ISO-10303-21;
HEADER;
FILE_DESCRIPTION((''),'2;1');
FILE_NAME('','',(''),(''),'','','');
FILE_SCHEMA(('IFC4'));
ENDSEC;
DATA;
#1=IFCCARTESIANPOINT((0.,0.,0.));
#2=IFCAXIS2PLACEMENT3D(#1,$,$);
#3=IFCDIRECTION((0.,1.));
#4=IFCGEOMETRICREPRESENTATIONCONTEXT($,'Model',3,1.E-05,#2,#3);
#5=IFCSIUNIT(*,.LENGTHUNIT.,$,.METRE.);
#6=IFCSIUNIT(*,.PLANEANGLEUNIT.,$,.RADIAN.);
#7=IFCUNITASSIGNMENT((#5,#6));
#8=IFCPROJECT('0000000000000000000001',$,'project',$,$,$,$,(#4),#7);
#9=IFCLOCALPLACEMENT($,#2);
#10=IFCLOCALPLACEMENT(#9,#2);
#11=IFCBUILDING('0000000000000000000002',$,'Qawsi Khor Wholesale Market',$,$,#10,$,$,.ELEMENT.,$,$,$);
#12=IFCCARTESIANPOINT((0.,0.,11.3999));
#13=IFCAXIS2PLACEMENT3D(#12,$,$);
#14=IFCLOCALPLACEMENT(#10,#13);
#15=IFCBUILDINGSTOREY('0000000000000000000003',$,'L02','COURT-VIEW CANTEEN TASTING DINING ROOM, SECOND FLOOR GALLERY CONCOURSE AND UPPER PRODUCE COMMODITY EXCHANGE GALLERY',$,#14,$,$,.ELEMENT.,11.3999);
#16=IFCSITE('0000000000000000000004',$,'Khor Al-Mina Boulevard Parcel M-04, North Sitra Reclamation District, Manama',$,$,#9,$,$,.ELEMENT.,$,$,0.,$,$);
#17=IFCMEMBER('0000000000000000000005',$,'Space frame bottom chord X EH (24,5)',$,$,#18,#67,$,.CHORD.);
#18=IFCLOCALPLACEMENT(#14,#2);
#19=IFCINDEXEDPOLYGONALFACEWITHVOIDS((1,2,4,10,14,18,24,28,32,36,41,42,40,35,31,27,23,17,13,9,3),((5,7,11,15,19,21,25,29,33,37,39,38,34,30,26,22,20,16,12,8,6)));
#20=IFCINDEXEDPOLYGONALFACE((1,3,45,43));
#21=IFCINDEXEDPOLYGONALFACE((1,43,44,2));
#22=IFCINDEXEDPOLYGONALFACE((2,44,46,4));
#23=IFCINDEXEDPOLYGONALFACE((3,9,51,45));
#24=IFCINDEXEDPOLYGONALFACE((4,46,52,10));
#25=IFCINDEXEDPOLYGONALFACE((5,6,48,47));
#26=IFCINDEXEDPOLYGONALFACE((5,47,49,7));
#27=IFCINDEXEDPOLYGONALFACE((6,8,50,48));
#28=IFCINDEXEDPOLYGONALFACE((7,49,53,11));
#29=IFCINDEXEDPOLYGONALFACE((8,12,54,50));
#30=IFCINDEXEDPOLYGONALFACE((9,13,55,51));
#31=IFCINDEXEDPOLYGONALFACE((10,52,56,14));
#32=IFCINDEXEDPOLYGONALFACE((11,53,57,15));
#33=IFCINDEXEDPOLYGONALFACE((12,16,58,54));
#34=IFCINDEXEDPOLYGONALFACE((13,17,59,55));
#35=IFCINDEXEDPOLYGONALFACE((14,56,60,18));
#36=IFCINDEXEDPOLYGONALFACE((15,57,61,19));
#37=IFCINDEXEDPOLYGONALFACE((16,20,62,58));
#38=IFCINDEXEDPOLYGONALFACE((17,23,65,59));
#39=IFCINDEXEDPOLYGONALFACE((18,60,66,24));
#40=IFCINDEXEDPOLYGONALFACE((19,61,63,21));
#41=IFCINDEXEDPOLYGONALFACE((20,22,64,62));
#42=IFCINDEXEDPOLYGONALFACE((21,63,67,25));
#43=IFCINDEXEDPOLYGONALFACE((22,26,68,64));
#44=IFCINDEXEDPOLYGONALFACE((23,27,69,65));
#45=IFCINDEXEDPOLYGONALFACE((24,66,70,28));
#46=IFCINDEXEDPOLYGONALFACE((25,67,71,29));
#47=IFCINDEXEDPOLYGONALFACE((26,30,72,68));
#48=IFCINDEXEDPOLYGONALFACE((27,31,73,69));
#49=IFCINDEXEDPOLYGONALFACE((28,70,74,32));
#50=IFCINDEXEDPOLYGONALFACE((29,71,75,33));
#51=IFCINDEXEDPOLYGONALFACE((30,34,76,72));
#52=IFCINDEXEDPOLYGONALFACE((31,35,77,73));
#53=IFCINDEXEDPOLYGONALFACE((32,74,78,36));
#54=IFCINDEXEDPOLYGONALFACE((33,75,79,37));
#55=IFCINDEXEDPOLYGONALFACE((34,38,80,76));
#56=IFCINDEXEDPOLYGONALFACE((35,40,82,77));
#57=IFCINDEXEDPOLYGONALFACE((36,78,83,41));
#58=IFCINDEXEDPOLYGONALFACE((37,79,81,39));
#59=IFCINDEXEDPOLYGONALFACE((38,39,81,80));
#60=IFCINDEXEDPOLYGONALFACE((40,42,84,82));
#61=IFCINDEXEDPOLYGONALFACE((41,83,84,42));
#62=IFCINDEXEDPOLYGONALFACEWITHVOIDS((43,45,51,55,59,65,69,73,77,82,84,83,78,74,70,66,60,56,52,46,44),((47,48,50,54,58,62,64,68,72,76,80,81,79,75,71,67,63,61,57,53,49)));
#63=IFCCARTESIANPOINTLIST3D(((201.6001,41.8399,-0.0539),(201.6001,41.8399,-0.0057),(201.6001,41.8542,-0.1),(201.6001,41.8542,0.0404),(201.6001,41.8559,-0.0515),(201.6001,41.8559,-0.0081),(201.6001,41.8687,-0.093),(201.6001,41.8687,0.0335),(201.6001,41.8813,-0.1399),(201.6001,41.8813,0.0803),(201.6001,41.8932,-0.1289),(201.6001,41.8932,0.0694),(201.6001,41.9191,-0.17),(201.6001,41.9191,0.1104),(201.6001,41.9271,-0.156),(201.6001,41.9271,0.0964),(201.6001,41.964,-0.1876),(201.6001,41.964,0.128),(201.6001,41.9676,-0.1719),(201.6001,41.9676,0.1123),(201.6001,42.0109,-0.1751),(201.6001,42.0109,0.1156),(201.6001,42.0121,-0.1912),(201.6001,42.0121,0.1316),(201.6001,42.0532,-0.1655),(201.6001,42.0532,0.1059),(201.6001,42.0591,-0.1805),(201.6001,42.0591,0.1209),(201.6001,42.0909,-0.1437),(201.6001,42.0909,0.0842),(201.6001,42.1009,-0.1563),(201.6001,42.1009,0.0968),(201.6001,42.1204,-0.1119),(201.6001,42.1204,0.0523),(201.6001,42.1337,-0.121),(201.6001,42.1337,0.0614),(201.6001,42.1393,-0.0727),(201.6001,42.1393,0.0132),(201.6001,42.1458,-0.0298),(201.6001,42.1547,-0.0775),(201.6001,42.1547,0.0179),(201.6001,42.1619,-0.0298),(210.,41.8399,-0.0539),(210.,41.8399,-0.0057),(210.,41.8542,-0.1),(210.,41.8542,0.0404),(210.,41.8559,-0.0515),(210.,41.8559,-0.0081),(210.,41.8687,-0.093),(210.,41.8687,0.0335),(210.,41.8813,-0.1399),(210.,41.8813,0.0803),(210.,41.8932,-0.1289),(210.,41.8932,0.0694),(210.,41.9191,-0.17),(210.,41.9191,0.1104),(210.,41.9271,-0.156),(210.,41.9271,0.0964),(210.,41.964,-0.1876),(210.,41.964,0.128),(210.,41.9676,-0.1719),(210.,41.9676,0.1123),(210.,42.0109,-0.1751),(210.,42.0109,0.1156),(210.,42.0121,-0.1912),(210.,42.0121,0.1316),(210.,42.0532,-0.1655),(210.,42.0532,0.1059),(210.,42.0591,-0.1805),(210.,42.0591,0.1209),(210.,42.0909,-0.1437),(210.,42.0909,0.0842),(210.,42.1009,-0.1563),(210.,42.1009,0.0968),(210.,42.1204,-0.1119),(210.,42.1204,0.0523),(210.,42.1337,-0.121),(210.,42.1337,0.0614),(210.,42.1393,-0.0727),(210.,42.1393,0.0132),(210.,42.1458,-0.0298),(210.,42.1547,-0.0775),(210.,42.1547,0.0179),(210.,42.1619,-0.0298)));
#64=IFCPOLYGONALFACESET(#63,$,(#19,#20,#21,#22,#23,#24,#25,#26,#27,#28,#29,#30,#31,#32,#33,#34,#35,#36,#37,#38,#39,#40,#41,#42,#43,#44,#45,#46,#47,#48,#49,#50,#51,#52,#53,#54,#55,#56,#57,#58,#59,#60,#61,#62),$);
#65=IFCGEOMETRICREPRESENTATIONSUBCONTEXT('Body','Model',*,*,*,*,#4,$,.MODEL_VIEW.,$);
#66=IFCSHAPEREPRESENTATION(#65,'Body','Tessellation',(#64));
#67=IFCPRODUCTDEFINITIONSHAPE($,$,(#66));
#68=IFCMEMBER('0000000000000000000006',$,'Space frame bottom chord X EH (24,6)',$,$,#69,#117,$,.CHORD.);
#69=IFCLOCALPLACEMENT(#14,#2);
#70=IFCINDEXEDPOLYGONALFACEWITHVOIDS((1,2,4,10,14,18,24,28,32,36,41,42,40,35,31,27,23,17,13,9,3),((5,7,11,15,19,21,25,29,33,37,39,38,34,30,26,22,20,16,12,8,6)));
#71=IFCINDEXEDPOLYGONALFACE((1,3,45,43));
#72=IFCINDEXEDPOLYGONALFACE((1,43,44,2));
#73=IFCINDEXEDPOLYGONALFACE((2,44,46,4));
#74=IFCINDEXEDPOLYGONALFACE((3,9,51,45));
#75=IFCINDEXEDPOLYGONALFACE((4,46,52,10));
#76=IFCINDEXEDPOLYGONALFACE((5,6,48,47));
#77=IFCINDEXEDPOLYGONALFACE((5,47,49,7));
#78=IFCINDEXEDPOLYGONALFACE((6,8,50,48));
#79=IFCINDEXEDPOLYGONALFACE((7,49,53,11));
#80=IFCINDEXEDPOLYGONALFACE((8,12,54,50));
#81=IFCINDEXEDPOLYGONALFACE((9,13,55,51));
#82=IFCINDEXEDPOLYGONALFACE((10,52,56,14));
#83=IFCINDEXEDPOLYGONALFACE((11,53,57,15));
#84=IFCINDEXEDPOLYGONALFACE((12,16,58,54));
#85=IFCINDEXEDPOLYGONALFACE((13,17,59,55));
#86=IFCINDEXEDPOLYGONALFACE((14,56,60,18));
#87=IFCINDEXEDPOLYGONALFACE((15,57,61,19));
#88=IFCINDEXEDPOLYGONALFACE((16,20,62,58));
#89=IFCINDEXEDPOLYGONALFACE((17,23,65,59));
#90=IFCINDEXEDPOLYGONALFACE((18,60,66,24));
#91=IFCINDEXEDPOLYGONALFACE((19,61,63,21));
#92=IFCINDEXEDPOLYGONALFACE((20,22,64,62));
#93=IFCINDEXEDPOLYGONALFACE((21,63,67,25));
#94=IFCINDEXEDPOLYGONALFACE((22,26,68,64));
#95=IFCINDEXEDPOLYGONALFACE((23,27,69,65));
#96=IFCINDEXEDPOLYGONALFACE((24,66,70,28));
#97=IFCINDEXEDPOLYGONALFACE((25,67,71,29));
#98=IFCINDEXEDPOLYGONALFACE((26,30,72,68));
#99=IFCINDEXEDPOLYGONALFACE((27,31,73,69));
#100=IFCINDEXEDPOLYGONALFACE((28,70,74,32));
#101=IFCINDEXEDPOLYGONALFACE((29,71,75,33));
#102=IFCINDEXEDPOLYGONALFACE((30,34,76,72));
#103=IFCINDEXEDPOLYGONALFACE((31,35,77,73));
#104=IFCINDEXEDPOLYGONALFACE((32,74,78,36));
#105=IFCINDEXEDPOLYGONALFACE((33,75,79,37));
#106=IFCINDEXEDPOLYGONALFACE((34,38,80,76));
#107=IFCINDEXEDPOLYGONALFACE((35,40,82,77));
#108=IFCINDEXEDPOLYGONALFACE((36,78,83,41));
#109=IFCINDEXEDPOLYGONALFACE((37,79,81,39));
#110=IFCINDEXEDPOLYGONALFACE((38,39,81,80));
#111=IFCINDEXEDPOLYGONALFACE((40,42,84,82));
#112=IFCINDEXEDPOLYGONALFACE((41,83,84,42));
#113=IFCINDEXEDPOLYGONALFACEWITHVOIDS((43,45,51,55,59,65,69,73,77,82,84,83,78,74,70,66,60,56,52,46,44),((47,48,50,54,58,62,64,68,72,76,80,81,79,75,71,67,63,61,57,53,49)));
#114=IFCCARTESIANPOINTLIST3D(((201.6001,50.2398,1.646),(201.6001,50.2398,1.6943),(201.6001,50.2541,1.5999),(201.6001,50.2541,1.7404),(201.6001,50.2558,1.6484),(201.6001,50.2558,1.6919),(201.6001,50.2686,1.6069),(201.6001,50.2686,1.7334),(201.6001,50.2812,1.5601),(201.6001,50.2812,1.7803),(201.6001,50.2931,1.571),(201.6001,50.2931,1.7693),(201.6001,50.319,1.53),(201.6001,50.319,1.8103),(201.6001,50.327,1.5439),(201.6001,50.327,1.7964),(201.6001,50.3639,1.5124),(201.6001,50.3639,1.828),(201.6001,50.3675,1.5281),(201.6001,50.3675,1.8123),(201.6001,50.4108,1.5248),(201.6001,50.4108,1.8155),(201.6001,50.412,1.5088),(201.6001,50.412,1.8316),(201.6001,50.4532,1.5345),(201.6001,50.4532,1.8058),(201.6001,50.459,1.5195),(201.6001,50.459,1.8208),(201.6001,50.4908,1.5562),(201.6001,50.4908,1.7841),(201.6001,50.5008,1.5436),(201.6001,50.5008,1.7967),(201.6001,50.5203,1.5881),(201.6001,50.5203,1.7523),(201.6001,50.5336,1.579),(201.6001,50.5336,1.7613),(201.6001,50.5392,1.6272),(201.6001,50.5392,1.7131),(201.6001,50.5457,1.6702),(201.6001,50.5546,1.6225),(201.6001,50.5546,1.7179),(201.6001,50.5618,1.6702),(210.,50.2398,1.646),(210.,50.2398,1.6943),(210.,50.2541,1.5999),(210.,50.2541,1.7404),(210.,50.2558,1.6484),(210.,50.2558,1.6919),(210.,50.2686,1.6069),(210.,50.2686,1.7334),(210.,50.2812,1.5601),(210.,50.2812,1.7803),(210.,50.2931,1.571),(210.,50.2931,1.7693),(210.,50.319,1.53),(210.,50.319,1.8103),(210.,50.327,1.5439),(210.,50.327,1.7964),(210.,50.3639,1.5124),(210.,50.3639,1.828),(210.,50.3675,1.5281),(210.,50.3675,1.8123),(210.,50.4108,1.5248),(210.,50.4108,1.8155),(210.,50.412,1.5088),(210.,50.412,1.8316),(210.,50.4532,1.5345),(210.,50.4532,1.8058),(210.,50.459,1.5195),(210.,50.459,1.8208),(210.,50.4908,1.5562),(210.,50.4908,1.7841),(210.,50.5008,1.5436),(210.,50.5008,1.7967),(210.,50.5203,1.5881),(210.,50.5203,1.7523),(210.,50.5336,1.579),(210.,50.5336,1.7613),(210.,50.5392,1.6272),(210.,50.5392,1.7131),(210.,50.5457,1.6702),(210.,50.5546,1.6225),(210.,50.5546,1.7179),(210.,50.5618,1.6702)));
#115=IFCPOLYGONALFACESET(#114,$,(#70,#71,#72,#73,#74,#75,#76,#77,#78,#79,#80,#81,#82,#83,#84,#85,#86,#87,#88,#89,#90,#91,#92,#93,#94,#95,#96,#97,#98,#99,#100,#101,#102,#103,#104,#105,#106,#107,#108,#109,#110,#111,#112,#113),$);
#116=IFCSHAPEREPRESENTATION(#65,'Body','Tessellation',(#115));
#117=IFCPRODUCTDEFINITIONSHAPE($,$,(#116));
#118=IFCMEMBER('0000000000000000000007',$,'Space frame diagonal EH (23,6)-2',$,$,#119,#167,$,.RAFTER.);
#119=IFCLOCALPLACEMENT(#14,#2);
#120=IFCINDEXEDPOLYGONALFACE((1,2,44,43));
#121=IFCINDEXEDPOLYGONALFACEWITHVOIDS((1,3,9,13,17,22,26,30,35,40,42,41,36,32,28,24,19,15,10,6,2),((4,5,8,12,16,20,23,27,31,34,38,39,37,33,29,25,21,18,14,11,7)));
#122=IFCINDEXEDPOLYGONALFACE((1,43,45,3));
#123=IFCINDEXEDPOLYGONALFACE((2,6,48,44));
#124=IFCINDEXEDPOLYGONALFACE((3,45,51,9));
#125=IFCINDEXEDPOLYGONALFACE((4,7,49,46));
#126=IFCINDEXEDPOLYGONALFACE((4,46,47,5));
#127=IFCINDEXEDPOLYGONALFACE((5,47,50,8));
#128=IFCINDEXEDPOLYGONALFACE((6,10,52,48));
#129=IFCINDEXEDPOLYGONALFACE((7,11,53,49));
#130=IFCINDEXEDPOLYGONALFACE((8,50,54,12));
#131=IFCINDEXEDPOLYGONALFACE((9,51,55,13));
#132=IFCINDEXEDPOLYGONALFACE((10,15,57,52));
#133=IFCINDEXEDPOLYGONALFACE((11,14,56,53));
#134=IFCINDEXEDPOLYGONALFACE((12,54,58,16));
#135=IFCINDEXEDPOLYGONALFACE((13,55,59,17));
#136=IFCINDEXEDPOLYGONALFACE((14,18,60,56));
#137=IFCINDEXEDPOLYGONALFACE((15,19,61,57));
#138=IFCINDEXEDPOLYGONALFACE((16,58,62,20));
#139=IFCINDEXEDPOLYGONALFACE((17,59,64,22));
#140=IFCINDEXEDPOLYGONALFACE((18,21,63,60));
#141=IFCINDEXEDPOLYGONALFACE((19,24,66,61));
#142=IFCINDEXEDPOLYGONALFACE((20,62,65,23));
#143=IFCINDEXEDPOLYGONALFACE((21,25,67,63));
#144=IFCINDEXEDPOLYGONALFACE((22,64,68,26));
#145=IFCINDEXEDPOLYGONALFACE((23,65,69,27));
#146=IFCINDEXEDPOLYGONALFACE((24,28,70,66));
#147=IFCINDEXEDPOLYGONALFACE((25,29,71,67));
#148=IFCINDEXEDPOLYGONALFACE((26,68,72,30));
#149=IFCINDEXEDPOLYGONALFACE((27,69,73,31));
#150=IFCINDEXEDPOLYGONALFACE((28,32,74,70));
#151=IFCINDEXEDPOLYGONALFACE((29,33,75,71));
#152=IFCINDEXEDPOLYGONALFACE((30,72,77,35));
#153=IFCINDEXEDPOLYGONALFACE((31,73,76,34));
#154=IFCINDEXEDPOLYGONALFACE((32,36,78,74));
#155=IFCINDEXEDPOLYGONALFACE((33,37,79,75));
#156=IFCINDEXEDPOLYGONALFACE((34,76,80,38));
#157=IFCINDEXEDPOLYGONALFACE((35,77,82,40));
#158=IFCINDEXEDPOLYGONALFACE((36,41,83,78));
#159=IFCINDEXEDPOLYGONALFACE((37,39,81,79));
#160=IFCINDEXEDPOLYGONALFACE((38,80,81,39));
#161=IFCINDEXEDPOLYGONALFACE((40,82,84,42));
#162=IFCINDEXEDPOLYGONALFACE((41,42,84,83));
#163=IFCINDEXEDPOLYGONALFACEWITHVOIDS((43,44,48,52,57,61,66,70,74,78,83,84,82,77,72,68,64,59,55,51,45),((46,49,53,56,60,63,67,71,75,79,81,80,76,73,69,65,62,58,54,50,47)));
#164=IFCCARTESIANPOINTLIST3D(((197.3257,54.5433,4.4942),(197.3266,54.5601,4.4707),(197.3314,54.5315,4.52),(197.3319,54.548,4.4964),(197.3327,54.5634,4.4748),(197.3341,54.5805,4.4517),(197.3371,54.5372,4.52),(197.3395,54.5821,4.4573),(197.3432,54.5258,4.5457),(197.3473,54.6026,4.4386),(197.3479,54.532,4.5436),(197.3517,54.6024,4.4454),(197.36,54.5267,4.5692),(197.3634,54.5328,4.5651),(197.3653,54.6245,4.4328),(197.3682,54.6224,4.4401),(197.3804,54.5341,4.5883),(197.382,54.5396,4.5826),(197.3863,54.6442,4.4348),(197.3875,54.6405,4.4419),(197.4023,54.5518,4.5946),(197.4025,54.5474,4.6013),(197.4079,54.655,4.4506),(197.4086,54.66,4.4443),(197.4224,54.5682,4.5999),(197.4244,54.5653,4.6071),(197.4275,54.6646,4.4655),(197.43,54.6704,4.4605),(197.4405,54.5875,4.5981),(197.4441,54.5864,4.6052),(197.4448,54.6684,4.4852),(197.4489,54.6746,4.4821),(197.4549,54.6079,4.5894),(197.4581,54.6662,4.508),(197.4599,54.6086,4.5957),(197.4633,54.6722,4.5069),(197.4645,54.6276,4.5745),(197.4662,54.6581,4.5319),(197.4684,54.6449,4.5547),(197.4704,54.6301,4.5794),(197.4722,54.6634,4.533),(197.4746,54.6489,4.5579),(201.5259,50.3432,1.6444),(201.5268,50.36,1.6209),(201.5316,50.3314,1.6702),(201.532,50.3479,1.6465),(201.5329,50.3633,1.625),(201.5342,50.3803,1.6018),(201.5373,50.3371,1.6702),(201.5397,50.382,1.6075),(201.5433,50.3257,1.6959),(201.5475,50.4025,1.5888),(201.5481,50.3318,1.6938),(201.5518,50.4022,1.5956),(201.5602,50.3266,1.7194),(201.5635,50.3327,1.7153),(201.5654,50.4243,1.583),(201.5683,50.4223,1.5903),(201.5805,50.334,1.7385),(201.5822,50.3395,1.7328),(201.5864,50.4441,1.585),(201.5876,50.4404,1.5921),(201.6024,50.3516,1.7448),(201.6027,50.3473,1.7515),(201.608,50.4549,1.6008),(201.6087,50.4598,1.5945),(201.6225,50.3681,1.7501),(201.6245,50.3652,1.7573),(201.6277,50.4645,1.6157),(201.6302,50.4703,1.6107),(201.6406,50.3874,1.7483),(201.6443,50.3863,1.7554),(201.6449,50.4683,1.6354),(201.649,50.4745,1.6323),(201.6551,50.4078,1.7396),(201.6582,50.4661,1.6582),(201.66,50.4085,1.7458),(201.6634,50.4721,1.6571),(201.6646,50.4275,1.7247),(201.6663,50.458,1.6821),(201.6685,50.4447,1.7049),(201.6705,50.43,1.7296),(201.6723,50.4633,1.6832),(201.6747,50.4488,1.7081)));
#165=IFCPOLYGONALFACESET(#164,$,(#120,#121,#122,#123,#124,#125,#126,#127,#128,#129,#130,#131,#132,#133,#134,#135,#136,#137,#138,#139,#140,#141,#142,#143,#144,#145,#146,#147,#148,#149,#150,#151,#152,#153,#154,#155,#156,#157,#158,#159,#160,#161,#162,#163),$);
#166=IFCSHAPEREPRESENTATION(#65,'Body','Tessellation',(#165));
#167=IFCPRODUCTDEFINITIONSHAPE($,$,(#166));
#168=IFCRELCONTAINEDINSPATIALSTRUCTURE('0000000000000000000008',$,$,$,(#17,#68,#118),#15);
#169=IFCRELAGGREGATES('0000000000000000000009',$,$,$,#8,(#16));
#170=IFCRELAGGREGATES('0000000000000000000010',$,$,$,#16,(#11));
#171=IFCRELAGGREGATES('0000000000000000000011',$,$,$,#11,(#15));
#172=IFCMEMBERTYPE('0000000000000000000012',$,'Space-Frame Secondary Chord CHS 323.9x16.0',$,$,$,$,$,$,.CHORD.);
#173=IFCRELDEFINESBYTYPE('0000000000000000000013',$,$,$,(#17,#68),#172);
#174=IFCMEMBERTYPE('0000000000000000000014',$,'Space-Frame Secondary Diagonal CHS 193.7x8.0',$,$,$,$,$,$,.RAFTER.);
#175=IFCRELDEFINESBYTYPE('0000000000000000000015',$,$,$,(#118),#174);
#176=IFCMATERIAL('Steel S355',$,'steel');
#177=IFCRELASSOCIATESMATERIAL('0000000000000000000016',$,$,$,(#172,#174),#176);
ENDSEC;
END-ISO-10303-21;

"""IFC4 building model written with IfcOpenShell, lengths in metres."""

from ifc_helpers import new_model, si_unit, direction, frame, origin, origin_2d, place, context, subcontext, project, spatial, hollow_circle, extrude, material, material_profile, profile_set, type_object, element, save


model = new_model("IFC4")

# Units and contexts
model_context = context("Model", 3, precision=1e-05, world=origin(), true_north=direction((0.0, 1.0)))
body_context = subcontext(model_context, "Body", "Model", "MODEL_VIEW")
ifc_project = project(units=[si_unit("LENGTHUNIT", "METRE"), si_unit("PLANEANGLEUNIT", "RADIAN")], contexts=[model_context])

# Site, building, storey
site_placement = place(None, origin())
site = spatial("IfcSite", under=ifc_project, at=site_placement, Name="Khor Al-Mina Boulevard Parcel M-04, North Sitra Reclamation District, Manama", CompositionType="ELEMENT", RefElevation=0.0)
building_placement = place(site_placement, origin())
building = spatial("IfcBuilding", under=site, at=building_placement, Name="Qawsi Khor Wholesale Market", CompositionType="ELEMENT")
storey_placement = place(building_placement, frame((0.0, 0.0, 11.3999)))
storey = spatial("IfcBuildingStorey", under=building, at=storey_placement, Name="L02", Description="COURT-VIEW CANTEEN TASTING DINING ROOM, SECOND FLOOR GALLERY CONCOURSE AND UPPER PRODUCE COMMODITY EXCHANGE GALLERY", CompositionType="ELEMENT", Elevation=11.3999)

# Members
ifc_material_1 = material(Name="Steel S355", Category="steel")
ifc_material_profile_1 = material_profile(ifc_material_1, hollow_circle(Radius=0.1619, WallThickness=0.0161, at=origin_2d()), Name="CHS 323.9x16.0")
ifc_profile_set_1 = profile_set([ifc_material_profile_1], Name="Steel S355")
member_type_1 = type_object("IfcMemberType", Name="Space-Frame Secondary Chord CHS 323.9x16.0", PredefinedType="CHORD", material=ifc_profile_set_1)
for number, where, z_axis, x_axis, name in (
    (1, (201.6001, 42.0, -0.0298), (1.0, 0.0, 0.0), (0.0, 1.0, 0.0), "Space frame bottom chord X EH (24,5)"),
    (2, (201.6001, 50.3999, 1.6702), (1.0, 0.0, 0.0), (0.0, 1.0, 0.0), "Space frame bottom chord X EH (24,6)"),
):
    element("IfcMember", number, at=place(storey_placement, frame(where, z_axis=z_axis, x_axis=x_axis)), inside=storey, type_object=member_type_1, Name=name, PredefinedType="CHORD", context=body_context, shape_type="SweptSolid", body=[
        extrude(hollow_circle(Radius=0.1619, WallThickness=0.0161, at=origin_2d()), origin(), (0.0, 0.0, 1.0), 8.3999),
    ])
ifc_material_profile_2 = material_profile(ifc_material_1, hollow_circle(Radius=0.0969, WallThickness=0.0081, at=origin_2d()), Name="CHS 193.7x8.0")
ifc_profile_set_2 = profile_set([ifc_material_profile_2], Name="Steel S355")
member_type_2 = type_object("IfcMemberType", Name="Space-Frame Secondary Diagonal CHS 193.7x8.0", PredefinedType="RAFTER", material=ifc_profile_set_2)
member_1_placement = place(storey_placement, frame((201.6001, 50.3999, 1.6702), z_axis=(-0.637529, 0.637529, 0.432567), x_axis=(-0.707107, -0.707107, 0.0)))
element("IfcMember", 3, at=member_1_placement, inside=storey, type_object=member_type_2, Name="Space frame diagonal EH (23,6)-2", PredefinedType="RAFTER", context=body_context, shape_type="SweptSolid", body=[
    extrude(hollow_circle(Radius=0.0969, WallThickness=0.0081, at=origin_2d()), origin(), (0.0, 0.0, 1.0), 6.5881),
])

save(model, "model.ifc")
